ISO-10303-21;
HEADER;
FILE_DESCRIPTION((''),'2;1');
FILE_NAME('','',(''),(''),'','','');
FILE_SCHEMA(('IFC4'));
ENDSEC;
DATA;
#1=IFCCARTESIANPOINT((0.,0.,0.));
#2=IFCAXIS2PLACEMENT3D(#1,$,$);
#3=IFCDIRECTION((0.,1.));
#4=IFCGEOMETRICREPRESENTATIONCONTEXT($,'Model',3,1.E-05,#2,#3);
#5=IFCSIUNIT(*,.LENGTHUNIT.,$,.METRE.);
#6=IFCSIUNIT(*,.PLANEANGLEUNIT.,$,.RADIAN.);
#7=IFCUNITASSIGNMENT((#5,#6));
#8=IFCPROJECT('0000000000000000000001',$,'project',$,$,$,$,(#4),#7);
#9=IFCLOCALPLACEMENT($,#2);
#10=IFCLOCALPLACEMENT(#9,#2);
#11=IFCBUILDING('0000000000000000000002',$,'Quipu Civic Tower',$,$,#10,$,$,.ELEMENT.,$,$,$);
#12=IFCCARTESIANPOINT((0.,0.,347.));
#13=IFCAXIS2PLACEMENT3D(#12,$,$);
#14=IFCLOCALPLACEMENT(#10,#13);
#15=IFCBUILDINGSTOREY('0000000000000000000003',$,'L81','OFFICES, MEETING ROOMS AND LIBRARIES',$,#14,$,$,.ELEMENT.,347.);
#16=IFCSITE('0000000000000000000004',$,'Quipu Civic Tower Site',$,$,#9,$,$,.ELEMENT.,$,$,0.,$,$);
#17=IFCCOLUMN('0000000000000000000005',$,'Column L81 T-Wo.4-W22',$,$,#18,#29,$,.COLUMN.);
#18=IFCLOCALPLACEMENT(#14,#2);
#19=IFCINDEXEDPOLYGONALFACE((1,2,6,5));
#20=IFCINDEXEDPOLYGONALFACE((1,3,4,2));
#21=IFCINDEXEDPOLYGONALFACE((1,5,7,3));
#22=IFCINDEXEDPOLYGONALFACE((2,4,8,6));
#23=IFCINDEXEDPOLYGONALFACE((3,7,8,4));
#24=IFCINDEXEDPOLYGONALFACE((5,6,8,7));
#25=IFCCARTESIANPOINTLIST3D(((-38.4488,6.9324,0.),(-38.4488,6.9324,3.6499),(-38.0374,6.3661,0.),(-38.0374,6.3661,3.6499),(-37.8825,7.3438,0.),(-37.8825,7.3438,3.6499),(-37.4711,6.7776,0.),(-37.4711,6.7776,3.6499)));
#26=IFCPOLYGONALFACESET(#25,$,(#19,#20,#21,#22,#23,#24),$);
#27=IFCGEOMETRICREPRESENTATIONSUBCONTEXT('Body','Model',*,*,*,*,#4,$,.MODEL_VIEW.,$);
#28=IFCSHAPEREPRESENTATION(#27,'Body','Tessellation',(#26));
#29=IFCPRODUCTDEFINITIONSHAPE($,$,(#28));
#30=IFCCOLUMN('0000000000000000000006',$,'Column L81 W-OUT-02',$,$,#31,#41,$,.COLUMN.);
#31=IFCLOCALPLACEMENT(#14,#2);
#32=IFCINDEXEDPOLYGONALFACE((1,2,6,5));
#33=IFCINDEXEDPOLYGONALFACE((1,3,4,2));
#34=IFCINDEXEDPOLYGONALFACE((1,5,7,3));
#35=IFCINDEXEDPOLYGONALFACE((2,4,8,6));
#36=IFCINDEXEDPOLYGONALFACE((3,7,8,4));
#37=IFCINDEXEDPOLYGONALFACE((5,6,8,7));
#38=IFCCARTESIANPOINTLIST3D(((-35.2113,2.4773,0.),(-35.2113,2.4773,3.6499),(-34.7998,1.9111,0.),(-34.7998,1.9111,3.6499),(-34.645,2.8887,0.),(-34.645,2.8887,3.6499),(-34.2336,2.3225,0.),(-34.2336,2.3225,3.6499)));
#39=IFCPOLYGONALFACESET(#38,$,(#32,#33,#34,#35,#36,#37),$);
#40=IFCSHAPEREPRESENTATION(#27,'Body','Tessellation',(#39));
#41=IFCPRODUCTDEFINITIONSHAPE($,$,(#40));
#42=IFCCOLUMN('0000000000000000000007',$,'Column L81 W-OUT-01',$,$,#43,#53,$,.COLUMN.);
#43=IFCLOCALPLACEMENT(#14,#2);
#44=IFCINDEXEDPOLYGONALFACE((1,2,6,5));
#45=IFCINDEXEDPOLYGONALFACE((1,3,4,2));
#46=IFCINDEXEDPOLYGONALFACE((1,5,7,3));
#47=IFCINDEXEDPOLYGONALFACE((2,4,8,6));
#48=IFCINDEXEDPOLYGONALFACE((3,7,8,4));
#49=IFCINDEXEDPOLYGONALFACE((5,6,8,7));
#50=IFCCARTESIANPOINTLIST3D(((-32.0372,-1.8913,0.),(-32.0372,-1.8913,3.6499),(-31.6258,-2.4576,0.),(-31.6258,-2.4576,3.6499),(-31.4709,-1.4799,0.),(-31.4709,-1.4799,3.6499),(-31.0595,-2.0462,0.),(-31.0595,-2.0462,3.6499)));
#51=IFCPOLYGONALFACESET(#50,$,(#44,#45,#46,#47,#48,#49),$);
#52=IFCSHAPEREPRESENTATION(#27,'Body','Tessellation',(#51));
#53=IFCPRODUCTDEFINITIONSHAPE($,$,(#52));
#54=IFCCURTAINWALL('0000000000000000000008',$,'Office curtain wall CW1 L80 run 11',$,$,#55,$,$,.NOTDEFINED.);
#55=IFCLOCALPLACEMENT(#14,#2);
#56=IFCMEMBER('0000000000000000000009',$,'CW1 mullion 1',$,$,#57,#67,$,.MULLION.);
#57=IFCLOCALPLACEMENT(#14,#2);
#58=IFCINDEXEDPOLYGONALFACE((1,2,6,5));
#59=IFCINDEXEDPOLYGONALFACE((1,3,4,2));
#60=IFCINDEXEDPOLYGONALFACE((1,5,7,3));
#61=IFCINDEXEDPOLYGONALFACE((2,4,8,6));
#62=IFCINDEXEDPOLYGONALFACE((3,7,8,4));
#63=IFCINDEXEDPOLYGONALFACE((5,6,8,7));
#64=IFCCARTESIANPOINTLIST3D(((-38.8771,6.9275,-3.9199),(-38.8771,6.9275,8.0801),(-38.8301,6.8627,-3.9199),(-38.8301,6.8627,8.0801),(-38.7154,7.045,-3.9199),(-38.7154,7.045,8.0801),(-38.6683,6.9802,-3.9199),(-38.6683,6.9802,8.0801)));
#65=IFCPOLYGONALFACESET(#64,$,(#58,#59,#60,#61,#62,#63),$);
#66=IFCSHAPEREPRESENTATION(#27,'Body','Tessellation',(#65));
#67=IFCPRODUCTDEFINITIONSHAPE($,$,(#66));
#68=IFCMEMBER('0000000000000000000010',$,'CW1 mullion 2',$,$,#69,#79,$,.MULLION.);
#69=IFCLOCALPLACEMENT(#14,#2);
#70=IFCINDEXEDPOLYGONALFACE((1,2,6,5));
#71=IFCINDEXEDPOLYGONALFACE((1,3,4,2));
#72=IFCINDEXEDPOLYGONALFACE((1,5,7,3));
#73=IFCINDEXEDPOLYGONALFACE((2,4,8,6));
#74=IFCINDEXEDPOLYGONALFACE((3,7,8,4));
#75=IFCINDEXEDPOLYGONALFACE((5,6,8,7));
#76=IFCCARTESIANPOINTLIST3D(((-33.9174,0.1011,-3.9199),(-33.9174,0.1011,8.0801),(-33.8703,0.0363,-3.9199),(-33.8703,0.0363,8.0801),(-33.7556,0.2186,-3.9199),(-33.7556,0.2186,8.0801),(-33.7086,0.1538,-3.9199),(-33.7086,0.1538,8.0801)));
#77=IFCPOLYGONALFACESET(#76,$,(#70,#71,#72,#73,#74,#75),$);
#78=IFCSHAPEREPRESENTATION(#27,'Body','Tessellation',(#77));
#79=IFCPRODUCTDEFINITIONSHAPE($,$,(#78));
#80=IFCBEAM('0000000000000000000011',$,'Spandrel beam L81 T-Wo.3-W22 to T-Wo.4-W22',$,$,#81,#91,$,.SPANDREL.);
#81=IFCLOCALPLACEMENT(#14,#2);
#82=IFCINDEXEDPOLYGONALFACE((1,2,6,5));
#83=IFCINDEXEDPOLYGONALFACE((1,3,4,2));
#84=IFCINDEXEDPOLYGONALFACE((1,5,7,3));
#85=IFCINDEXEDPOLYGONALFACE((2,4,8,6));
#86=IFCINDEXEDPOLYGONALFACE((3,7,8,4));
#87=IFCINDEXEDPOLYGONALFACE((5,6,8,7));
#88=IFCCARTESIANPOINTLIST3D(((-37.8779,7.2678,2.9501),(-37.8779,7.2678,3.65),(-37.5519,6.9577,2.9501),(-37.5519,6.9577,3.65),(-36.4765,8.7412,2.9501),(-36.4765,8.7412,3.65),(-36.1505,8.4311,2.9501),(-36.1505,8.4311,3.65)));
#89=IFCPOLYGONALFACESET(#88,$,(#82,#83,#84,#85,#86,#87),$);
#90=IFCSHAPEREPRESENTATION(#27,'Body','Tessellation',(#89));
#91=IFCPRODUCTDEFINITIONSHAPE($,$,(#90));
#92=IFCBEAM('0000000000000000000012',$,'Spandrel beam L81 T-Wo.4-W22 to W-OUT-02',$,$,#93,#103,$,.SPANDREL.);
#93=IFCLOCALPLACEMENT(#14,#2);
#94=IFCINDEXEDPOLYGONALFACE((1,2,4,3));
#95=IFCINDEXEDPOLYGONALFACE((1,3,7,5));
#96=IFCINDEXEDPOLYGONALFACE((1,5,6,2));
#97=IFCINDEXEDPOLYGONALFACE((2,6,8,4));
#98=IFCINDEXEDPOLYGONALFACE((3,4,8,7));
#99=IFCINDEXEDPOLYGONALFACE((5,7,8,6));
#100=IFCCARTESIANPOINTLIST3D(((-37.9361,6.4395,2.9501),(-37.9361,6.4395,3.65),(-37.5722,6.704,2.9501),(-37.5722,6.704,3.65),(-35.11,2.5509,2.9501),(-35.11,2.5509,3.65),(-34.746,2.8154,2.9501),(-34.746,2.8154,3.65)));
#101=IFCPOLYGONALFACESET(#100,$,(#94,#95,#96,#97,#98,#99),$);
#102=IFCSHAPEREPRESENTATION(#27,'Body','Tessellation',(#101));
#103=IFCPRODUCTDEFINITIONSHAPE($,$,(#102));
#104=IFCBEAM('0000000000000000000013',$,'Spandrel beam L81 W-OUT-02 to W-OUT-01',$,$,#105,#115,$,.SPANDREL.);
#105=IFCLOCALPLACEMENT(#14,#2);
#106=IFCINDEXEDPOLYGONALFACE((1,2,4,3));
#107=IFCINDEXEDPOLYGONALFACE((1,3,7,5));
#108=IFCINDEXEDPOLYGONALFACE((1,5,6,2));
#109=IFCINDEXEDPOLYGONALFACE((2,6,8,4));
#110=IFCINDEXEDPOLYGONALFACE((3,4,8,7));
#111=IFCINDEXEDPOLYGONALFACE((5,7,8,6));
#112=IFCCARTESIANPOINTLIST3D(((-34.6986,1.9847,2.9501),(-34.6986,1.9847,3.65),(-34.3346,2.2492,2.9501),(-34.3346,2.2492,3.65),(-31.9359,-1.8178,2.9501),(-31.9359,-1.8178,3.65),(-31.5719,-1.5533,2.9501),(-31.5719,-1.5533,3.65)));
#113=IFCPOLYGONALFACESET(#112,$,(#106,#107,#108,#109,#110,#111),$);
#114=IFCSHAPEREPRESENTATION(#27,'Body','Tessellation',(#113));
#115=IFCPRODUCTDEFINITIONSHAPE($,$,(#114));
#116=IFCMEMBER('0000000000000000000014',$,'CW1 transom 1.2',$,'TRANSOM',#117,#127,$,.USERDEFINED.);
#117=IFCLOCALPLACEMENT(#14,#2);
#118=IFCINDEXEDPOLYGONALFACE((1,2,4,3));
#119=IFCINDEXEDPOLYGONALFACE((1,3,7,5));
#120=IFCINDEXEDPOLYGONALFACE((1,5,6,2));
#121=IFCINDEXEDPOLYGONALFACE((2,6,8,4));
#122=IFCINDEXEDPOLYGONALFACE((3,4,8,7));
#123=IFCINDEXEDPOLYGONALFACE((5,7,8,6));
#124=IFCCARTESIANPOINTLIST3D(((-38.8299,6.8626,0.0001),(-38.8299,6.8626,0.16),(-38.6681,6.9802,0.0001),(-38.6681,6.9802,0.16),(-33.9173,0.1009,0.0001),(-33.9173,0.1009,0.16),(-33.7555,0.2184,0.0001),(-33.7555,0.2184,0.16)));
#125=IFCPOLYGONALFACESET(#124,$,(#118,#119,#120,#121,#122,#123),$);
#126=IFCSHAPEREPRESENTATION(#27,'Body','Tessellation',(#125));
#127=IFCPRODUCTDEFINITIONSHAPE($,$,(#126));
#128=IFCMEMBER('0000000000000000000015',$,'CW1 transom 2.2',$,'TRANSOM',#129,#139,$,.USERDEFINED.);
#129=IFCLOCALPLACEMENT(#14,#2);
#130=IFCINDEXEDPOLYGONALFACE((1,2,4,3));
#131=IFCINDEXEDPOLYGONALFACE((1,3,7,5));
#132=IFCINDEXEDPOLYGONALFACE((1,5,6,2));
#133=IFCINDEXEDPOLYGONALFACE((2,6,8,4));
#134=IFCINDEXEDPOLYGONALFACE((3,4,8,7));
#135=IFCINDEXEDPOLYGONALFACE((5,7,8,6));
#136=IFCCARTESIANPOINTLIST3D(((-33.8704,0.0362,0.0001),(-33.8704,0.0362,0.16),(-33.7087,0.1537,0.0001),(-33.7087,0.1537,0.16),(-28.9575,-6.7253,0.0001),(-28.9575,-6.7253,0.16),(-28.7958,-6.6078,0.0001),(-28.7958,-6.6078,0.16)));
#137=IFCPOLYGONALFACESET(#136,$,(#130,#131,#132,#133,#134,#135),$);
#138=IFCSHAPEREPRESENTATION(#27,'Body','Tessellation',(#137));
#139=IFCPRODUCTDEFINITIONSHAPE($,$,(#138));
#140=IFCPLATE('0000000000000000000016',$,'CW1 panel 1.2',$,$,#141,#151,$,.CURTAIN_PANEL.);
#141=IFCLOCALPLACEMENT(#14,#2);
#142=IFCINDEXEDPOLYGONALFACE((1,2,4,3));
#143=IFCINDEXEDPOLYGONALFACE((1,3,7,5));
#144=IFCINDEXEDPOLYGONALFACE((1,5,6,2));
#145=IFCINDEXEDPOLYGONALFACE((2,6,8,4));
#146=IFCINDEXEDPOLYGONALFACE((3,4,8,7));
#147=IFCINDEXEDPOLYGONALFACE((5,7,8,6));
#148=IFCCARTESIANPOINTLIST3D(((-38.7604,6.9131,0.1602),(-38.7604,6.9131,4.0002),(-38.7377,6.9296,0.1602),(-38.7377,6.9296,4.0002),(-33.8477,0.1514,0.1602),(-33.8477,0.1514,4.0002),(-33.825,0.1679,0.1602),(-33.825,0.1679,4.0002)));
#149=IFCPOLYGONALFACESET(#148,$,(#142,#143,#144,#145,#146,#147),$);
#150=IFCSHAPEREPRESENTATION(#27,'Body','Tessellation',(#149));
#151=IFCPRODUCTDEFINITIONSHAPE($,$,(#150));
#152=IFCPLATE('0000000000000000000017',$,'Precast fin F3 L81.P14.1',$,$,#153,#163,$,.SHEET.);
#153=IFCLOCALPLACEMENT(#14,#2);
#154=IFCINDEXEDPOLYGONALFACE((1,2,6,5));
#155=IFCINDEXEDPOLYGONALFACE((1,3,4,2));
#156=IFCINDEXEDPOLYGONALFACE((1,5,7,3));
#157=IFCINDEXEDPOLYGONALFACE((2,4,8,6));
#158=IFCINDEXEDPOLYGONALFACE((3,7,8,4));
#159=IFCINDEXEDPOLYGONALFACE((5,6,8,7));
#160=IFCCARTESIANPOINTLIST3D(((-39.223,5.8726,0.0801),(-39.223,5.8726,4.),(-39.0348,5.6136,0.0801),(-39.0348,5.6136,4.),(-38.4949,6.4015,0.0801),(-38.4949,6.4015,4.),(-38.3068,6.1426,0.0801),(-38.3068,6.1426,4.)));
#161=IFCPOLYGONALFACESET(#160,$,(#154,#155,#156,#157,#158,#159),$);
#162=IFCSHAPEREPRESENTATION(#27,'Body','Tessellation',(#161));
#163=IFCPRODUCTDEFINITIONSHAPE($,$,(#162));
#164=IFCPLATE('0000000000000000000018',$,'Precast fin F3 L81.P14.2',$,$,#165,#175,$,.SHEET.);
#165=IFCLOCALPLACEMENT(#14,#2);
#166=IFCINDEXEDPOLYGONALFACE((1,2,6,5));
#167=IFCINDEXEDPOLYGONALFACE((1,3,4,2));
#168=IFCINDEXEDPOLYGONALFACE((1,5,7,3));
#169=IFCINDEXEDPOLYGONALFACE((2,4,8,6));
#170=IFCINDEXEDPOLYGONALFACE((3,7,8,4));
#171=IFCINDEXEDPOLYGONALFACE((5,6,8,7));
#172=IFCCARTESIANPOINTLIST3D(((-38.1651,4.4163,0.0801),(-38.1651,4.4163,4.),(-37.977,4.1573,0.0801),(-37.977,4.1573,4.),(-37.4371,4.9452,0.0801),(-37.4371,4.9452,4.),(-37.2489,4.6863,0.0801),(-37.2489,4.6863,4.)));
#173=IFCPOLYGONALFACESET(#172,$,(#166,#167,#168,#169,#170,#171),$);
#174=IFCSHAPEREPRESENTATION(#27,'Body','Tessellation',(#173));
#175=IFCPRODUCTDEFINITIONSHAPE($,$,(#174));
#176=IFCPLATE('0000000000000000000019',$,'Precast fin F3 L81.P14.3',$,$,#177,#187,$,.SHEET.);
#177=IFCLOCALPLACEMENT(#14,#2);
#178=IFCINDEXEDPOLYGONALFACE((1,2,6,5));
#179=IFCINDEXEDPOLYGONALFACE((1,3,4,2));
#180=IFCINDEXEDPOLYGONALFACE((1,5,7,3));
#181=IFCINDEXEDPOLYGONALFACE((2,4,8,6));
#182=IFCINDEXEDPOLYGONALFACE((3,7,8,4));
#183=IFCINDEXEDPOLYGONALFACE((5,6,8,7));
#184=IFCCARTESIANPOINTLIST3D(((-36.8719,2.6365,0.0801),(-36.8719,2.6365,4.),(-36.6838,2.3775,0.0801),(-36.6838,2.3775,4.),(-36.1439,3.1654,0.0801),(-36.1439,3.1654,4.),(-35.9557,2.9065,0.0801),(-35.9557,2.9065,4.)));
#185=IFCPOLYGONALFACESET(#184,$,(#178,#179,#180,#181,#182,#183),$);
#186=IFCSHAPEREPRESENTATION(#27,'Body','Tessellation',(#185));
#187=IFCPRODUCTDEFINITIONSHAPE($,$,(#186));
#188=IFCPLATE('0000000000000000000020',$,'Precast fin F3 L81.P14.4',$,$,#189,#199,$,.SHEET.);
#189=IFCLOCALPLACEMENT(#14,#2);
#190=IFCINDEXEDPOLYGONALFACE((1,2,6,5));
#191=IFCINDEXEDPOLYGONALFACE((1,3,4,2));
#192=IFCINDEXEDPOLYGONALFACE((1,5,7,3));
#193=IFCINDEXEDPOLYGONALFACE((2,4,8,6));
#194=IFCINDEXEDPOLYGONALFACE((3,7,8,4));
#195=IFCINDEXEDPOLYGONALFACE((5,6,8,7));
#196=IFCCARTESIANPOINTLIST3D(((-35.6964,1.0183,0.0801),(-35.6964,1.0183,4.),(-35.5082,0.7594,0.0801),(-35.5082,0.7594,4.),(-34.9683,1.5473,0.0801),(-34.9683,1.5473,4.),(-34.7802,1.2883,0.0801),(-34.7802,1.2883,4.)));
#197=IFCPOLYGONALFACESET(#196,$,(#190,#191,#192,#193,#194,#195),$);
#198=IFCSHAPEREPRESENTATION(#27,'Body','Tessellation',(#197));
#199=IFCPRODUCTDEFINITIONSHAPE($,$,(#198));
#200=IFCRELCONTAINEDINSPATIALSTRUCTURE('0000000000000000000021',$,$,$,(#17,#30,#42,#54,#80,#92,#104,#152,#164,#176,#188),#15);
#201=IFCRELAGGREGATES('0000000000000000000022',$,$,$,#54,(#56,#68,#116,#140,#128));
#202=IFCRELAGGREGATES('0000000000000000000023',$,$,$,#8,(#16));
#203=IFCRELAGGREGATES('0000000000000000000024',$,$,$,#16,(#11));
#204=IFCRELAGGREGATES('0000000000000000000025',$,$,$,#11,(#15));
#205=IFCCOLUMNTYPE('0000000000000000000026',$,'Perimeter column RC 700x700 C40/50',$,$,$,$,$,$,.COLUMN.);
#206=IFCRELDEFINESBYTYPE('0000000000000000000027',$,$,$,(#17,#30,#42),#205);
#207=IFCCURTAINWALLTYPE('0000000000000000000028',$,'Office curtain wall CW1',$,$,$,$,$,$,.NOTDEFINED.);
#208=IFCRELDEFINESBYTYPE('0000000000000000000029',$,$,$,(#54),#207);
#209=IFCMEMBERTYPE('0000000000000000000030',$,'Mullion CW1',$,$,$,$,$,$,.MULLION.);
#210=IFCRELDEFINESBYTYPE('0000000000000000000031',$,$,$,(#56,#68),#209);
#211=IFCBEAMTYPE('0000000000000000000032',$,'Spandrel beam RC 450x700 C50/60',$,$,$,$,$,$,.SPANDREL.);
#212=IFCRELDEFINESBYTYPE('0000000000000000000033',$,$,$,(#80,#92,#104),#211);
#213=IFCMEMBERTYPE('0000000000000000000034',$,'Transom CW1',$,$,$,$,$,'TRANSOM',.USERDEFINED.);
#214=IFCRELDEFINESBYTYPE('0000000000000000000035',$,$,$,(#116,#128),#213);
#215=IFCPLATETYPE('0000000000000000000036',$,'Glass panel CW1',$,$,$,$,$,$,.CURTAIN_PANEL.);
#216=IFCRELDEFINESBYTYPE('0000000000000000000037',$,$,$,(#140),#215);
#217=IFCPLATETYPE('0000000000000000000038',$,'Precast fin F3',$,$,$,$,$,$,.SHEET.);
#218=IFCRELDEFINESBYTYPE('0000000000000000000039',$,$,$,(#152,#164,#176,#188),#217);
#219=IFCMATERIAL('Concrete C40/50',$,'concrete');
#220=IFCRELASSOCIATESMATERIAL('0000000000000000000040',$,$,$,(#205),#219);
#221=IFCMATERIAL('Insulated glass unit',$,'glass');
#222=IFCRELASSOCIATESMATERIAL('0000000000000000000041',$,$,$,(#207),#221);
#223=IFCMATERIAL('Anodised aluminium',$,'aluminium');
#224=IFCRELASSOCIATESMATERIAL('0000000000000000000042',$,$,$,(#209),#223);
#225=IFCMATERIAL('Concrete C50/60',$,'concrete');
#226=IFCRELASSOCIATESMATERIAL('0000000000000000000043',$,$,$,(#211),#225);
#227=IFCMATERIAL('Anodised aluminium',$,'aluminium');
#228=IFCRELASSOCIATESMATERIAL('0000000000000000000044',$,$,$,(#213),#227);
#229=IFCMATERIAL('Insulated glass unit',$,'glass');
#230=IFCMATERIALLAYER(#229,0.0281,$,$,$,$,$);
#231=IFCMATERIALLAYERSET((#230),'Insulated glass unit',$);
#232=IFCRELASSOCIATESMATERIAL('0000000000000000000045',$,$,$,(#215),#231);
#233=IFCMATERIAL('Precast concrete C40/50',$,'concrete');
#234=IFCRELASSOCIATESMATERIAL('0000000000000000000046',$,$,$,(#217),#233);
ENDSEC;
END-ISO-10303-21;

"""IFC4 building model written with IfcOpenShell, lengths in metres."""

from ifc_helpers import new_model, si_unit, direction, frame, origin, origin_2d, place, context, subcontext, project, spatial, rectangle, extrude, material, layer, layer_set, material_profile, profile_set, type_object, element, aggregate, save


model = new_model("IFC4")

# Units and contexts
model_context = context("Model", 3, precision=1e-05, world=origin(), true_north=direction((0.0, 1.0)))
body_context = subcontext(model_context, "Body", "Model", "MODEL_VIEW")
ifc_project = project(units=[si_unit("LENGTHUNIT", "METRE"), si_unit("PLANEANGLEUNIT", "RADIAN")], contexts=[model_context])

# Site, building, storey
site_placement = place(None, origin())
site = spatial("IfcSite", under=ifc_project, at=site_placement, Name="Quipu Civic Tower Site", CompositionType="ELEMENT", RefElevation=0.0)
building_placement = place(site_placement, origin())
building = spatial("IfcBuilding", under=site, at=building_placement, Name="Quipu Civic Tower", CompositionType="ELEMENT")
storey_placement = place(building_placement, frame((0.0, 0.0, 347.0)))
storey = spatial("IfcBuildingStorey", under=building, at=storey_placement, Name="L81", Description="OFFICES, MEETING ROOMS AND LIBRARIES", CompositionType="ELEMENT", Elevation=347.0)

# Columns
ifc_material_1 = material(Name="Concrete C40/50", Category="concrete")
ifc_material_profile_1 = material_profile(ifc_material_1, rectangle(XDim=0.7, YDim=0.7, at=origin_2d()), Name="RC700x700")
ifc_profile_set_1 = profile_set([ifc_material_profile_1], Name="Concrete C40/50")
column_type = type_object("IfcColumnType", Name="Perimeter column RC 700x700 C40/50", PredefinedType="COLUMN", material=ifc_profile_set_1)
for number, where, z_axis, x_axis, name in (
    (1, (-37.96, 6.855, 0.0), (0.0, 0.0, 1.0), (0.587785, -0.809017, 0.0), "Column L81 T-Wo.4-W22"),
    (2, (-34.7224, 2.3999, 0.0), (0.0, 0.0, 1.0), (0.587785, -0.809017, 0.0), "Column L81 W-OUT-02"),
    (3, (-31.5483, -1.9688, 0.0), (0.0, 0.0, 1.0), (0.587785, -0.809017, 0.0), "Column L81 W-OUT-01"),
):
    element("IfcColumn", number, at=place(storey_placement, frame(where, z_axis=z_axis, x_axis=x_axis)), inside=storey, type_object=column_type, Name=name, PredefinedType="COLUMN", context=body_context, shape_type="SweptSolid", body=[
        extrude(rectangle(XDim=0.7, YDim=0.7, at=origin_2d()), origin(), (0.0, 0.0, 1.0), 3.6499),
    ])

# Curtain wall, members
ifc_material_2 = material(Name="Insulated glass unit", Category="glass")
curtain_wall_type = type_object("IfcCurtainWallType", Name="Office curtain wall CW1", PredefinedType="NOTDEFINED", material=ifc_material_2)
curtain_wall_placement = place(storey_placement, origin())
curtain_wall = element("IfcCurtainWall", 4, at=curtain_wall_placement, inside=storey, type_object=curtain_wall_type, Name="Office curtain wall CW1 L80 run 11", PredefinedType="NOTDEFINED")
ifc_material_3 = material(Name="Anodised aluminium", Category="aluminium")
ifc_material_profile_2 = material_profile(ifc_material_3, rectangle(XDim=0.2, YDim=0.0801, at=origin_2d()), Name="RECT 200x80")
ifc_profile_set_2 = profile_set([ifc_material_profile_2], Name="Anodised aluminium")
member_type_1 = type_object("IfcMemberType", Name="Mullion CW1", PredefinedType="MULLION", material=ifc_profile_set_2)
member_1_placement = place(storey_placement, frame((-38.7727, 6.9539, -3.9199), z_axis=(0.0, 0.0, 1.0), x_axis=(0.809016, 0.587786, 0.0)))
member_1 = element("IfcMember", 5, at=member_1_placement, type_object=member_type_1, Name="CW1 mullion 1", PredefinedType="MULLION", context=body_context, shape_type="SweptSolid", body=[
    extrude(rectangle(XDim=0.2, YDim=0.0801, at=origin_2d()), origin(), (0.0, 0.0, 1.0), 12.0),
])
member_2_placement = place(storey_placement, frame((-33.813, 0.1274, -3.9199), z_axis=(0.0, 0.0, 1.0), x_axis=(0.809016, 0.587786, 0.0)))
member_2 = element("IfcMember", 6, at=member_2_placement, type_object=member_type_1, Name="CW1 mullion 2", PredefinedType="MULLION", context=body_context, shape_type="SweptSolid", body=[
    extrude(rectangle(XDim=0.2, YDim=0.0801, at=origin_2d()), origin(), (0.0, 0.0, 1.0), 12.0),
])

# Beams
ifc_material_4 = material(Name="Concrete C50/60", Category="concrete")
ifc_material_profile_3 = material_profile(ifc_material_4, rectangle(XDim=0.45, YDim=0.7, at=origin_2d()), Name="RC450x700")
ifc_profile_set_3 = profile_set([ifc_material_profile_3], Name="Concrete C50/60")
beam_type = type_object("IfcBeamType", Name="Spandrel beam RC 450x700 C50/60", PredefinedType="SPANDREL", material=ifc_profile_set_3)
beam_1_placement = place(storey_placement, frame((-36.3135, 8.5862, 3.3), z_axis=(-0.689175, -0.724595, 0.0), x_axis=(0.724595, -0.689175, 0.0)))
element("IfcBeam", 7, at=beam_1_placement, inside=storey, type_object=beam_type, Name="Spandrel beam L81 T-Wo.3-W22 to T-Wo.4-W22", PredefinedType="SPANDREL", context=body_context, shape_type="SweptSolid", body=[
    extrude(rectangle(XDim=0.45, YDim=0.7, at=origin_2d()), origin(), (0.0, 0.0, 1.0), 2.0334),
])
beam_2_placement = place(storey_placement, frame((-37.7542, 6.5718, 3.3), z_axis=(0.587906, -0.808929, 0.0), x_axis=(0.808929, 0.587906, 0.0)))
element("IfcBeam", 8, at=beam_2_placement, inside=storey, type_object=beam_type, Name="Spandrel beam L81 T-Wo.4-W22 to W-OUT-02", PredefinedType="SPANDREL", context=body_context, shape_type="SweptSolid", body=[
    extrude(rectangle(XDim=0.45, YDim=0.7, at=origin_2d()), origin(), (0.0, 0.0, 1.0), 4.8071),
])
beam_3_placement = place(storey_placement, frame((-34.5166, 2.1169, 3.3), z_axis=(0.587789, -0.809015, 0.0), x_axis=(0.809015, 0.587789, 0.0)))
element("IfcBeam", 9, at=beam_3_placement, inside=storey, type_object=beam_type, Name="Spandrel beam L81 W-OUT-02 to W-OUT-01", PredefinedType="SPANDREL", context=body_context, shape_type="SweptSolid", body=[
    extrude(rectangle(XDim=0.45, YDim=0.7, at=origin_2d()), origin(), (0.0, 0.0, 1.0), 4.7002),
])

# Members
ifc_material_5 = material(Name="Anodised aluminium", Category="aluminium")
ifc_material_profile_4 = material_profile(ifc_material_5, rectangle(XDim=0.2, YDim=0.1599, at=origin_2d()), Name="RECT 200x160")
ifc_profile_set_4 = profile_set([ifc_material_profile_4], Name="Anodised aluminium")
member_type_2 = type_object("IfcMemberType", Name="Transom CW1", ElementType="TRANSOM", PredefinedType="USERDEFINED", material=ifc_profile_set_4)
member_3_placement = place(storey_placement, frame((-38.749, 6.9214, 0.0801), z_axis=(0.587779, -0.809021, 0.0), x_axis=(0.809021, 0.587779, 0.0)))
member_3 = element("IfcMember", 10, at=member_3_placement, type_object=member_type_2, Name="CW1 transom 1.2", ObjectType="TRANSOM", PredefinedType="USERDEFINED", context=body_context, shape_type="SweptSolid", body=[
    extrude(rectangle(XDim=0.2, YDim=0.1599, at=origin_2d()), origin(), (0.0, 0.0, 1.0), 8.3579),
])
member_4_placement = place(storey_placement, frame((-33.7896, 0.095, 0.0801), z_axis=(0.587812, -0.808997, 0.0), x_axis=(0.808997, 0.587812, 0.0)))
member_4 = element("IfcMember", 11, at=member_4_placement, type_object=member_type_2, Name="CW1 transom 2.2", ObjectType="TRANSOM", PredefinedType="USERDEFINED", context=body_context, shape_type="SweptSolid", body=[
    extrude(rectangle(XDim=0.2, YDim=0.1599, at=origin_2d()), origin(), (0.0, 0.0, 1.0), 8.3579),
])

# Plate
ifc_material_6 = material(Name="Insulated glass unit", Category="glass")
ifc_layer_1 = layer(ifc_material_6, 0.0281)
ifc_layer_set_1 = layer_set([ifc_layer_1], Name="Insulated glass unit")
plate_type_1 = type_object("IfcPlateType", Name="Glass panel CW1", PredefinedType="CURTAIN_PANEL", material=ifc_layer_set_1)
plate_placement = place(storey_placement, frame((-36.2927, 3.5405, 0.1602), z_axis=(0.0, 0.0, 1.0), x_axis=(0.587786, -0.809016, 0.0)))
plate = element("IfcPlate", 12, at=plate_placement, type_object=plate_type_1, Name="CW1 panel 1.2", PredefinedType="CURTAIN_PANEL", context=body_context, shape_type="SweptSolid", body=[
    extrude(rectangle(XDim=8.3579, YDim=0.0281, at=origin_2d()), origin(), (0.0, 0.0, 1.0), 3.8401),
])
aggregate(curtain_wall, [member_1, member_2, member_3, plate, member_4])

# Plates
ifc_material_7 = material(Name="Precast concrete C40/50", Category="concrete")
plate_type_2 = type_object("IfcPlateType", Name="Precast fin F3", PredefinedType="SHEET", material=ifc_material_7)
for number, where, z_axis, x_axis, name in (
    (13, (-38.7649, 6.0076, 0.0801), (0.0, 0.0, 1.0), (0.587787, -0.809016, 0.0), "Precast fin F3 L81.P14.1"),
    (14, (-37.707, 4.5513, 0.0801), (0.0, 0.0, 1.0), (0.587787, -0.809016, 0.0), "Precast fin F3 L81.P14.2"),
    (15, (-36.4138, 2.7715, 0.0801), (0.0, 0.0, 1.0), (0.587787, -0.809016, 0.0), "Precast fin F3 L81.P14.3"),
    (16, (-35.2383, 1.1533, 0.0801), (0.0, 0.0, 1.0), (0.587787, -0.809016, 0.0), "Precast fin F3 L81.P14.4"),
):
    element("IfcPlate", number, at=place(storey_placement, frame(where, z_axis=z_axis, x_axis=x_axis)), inside=storey, type_object=plate_type_2, Name=name, PredefinedType="SHEET", context=body_context, shape_type="SweptSolid", body=[
        extrude(rectangle(XDim=0.3201, YDim=0.8999, at=origin_2d()), origin(), (0.0, 0.0, 1.0), 3.9199),
    ])

save(model, "model.ifc")
